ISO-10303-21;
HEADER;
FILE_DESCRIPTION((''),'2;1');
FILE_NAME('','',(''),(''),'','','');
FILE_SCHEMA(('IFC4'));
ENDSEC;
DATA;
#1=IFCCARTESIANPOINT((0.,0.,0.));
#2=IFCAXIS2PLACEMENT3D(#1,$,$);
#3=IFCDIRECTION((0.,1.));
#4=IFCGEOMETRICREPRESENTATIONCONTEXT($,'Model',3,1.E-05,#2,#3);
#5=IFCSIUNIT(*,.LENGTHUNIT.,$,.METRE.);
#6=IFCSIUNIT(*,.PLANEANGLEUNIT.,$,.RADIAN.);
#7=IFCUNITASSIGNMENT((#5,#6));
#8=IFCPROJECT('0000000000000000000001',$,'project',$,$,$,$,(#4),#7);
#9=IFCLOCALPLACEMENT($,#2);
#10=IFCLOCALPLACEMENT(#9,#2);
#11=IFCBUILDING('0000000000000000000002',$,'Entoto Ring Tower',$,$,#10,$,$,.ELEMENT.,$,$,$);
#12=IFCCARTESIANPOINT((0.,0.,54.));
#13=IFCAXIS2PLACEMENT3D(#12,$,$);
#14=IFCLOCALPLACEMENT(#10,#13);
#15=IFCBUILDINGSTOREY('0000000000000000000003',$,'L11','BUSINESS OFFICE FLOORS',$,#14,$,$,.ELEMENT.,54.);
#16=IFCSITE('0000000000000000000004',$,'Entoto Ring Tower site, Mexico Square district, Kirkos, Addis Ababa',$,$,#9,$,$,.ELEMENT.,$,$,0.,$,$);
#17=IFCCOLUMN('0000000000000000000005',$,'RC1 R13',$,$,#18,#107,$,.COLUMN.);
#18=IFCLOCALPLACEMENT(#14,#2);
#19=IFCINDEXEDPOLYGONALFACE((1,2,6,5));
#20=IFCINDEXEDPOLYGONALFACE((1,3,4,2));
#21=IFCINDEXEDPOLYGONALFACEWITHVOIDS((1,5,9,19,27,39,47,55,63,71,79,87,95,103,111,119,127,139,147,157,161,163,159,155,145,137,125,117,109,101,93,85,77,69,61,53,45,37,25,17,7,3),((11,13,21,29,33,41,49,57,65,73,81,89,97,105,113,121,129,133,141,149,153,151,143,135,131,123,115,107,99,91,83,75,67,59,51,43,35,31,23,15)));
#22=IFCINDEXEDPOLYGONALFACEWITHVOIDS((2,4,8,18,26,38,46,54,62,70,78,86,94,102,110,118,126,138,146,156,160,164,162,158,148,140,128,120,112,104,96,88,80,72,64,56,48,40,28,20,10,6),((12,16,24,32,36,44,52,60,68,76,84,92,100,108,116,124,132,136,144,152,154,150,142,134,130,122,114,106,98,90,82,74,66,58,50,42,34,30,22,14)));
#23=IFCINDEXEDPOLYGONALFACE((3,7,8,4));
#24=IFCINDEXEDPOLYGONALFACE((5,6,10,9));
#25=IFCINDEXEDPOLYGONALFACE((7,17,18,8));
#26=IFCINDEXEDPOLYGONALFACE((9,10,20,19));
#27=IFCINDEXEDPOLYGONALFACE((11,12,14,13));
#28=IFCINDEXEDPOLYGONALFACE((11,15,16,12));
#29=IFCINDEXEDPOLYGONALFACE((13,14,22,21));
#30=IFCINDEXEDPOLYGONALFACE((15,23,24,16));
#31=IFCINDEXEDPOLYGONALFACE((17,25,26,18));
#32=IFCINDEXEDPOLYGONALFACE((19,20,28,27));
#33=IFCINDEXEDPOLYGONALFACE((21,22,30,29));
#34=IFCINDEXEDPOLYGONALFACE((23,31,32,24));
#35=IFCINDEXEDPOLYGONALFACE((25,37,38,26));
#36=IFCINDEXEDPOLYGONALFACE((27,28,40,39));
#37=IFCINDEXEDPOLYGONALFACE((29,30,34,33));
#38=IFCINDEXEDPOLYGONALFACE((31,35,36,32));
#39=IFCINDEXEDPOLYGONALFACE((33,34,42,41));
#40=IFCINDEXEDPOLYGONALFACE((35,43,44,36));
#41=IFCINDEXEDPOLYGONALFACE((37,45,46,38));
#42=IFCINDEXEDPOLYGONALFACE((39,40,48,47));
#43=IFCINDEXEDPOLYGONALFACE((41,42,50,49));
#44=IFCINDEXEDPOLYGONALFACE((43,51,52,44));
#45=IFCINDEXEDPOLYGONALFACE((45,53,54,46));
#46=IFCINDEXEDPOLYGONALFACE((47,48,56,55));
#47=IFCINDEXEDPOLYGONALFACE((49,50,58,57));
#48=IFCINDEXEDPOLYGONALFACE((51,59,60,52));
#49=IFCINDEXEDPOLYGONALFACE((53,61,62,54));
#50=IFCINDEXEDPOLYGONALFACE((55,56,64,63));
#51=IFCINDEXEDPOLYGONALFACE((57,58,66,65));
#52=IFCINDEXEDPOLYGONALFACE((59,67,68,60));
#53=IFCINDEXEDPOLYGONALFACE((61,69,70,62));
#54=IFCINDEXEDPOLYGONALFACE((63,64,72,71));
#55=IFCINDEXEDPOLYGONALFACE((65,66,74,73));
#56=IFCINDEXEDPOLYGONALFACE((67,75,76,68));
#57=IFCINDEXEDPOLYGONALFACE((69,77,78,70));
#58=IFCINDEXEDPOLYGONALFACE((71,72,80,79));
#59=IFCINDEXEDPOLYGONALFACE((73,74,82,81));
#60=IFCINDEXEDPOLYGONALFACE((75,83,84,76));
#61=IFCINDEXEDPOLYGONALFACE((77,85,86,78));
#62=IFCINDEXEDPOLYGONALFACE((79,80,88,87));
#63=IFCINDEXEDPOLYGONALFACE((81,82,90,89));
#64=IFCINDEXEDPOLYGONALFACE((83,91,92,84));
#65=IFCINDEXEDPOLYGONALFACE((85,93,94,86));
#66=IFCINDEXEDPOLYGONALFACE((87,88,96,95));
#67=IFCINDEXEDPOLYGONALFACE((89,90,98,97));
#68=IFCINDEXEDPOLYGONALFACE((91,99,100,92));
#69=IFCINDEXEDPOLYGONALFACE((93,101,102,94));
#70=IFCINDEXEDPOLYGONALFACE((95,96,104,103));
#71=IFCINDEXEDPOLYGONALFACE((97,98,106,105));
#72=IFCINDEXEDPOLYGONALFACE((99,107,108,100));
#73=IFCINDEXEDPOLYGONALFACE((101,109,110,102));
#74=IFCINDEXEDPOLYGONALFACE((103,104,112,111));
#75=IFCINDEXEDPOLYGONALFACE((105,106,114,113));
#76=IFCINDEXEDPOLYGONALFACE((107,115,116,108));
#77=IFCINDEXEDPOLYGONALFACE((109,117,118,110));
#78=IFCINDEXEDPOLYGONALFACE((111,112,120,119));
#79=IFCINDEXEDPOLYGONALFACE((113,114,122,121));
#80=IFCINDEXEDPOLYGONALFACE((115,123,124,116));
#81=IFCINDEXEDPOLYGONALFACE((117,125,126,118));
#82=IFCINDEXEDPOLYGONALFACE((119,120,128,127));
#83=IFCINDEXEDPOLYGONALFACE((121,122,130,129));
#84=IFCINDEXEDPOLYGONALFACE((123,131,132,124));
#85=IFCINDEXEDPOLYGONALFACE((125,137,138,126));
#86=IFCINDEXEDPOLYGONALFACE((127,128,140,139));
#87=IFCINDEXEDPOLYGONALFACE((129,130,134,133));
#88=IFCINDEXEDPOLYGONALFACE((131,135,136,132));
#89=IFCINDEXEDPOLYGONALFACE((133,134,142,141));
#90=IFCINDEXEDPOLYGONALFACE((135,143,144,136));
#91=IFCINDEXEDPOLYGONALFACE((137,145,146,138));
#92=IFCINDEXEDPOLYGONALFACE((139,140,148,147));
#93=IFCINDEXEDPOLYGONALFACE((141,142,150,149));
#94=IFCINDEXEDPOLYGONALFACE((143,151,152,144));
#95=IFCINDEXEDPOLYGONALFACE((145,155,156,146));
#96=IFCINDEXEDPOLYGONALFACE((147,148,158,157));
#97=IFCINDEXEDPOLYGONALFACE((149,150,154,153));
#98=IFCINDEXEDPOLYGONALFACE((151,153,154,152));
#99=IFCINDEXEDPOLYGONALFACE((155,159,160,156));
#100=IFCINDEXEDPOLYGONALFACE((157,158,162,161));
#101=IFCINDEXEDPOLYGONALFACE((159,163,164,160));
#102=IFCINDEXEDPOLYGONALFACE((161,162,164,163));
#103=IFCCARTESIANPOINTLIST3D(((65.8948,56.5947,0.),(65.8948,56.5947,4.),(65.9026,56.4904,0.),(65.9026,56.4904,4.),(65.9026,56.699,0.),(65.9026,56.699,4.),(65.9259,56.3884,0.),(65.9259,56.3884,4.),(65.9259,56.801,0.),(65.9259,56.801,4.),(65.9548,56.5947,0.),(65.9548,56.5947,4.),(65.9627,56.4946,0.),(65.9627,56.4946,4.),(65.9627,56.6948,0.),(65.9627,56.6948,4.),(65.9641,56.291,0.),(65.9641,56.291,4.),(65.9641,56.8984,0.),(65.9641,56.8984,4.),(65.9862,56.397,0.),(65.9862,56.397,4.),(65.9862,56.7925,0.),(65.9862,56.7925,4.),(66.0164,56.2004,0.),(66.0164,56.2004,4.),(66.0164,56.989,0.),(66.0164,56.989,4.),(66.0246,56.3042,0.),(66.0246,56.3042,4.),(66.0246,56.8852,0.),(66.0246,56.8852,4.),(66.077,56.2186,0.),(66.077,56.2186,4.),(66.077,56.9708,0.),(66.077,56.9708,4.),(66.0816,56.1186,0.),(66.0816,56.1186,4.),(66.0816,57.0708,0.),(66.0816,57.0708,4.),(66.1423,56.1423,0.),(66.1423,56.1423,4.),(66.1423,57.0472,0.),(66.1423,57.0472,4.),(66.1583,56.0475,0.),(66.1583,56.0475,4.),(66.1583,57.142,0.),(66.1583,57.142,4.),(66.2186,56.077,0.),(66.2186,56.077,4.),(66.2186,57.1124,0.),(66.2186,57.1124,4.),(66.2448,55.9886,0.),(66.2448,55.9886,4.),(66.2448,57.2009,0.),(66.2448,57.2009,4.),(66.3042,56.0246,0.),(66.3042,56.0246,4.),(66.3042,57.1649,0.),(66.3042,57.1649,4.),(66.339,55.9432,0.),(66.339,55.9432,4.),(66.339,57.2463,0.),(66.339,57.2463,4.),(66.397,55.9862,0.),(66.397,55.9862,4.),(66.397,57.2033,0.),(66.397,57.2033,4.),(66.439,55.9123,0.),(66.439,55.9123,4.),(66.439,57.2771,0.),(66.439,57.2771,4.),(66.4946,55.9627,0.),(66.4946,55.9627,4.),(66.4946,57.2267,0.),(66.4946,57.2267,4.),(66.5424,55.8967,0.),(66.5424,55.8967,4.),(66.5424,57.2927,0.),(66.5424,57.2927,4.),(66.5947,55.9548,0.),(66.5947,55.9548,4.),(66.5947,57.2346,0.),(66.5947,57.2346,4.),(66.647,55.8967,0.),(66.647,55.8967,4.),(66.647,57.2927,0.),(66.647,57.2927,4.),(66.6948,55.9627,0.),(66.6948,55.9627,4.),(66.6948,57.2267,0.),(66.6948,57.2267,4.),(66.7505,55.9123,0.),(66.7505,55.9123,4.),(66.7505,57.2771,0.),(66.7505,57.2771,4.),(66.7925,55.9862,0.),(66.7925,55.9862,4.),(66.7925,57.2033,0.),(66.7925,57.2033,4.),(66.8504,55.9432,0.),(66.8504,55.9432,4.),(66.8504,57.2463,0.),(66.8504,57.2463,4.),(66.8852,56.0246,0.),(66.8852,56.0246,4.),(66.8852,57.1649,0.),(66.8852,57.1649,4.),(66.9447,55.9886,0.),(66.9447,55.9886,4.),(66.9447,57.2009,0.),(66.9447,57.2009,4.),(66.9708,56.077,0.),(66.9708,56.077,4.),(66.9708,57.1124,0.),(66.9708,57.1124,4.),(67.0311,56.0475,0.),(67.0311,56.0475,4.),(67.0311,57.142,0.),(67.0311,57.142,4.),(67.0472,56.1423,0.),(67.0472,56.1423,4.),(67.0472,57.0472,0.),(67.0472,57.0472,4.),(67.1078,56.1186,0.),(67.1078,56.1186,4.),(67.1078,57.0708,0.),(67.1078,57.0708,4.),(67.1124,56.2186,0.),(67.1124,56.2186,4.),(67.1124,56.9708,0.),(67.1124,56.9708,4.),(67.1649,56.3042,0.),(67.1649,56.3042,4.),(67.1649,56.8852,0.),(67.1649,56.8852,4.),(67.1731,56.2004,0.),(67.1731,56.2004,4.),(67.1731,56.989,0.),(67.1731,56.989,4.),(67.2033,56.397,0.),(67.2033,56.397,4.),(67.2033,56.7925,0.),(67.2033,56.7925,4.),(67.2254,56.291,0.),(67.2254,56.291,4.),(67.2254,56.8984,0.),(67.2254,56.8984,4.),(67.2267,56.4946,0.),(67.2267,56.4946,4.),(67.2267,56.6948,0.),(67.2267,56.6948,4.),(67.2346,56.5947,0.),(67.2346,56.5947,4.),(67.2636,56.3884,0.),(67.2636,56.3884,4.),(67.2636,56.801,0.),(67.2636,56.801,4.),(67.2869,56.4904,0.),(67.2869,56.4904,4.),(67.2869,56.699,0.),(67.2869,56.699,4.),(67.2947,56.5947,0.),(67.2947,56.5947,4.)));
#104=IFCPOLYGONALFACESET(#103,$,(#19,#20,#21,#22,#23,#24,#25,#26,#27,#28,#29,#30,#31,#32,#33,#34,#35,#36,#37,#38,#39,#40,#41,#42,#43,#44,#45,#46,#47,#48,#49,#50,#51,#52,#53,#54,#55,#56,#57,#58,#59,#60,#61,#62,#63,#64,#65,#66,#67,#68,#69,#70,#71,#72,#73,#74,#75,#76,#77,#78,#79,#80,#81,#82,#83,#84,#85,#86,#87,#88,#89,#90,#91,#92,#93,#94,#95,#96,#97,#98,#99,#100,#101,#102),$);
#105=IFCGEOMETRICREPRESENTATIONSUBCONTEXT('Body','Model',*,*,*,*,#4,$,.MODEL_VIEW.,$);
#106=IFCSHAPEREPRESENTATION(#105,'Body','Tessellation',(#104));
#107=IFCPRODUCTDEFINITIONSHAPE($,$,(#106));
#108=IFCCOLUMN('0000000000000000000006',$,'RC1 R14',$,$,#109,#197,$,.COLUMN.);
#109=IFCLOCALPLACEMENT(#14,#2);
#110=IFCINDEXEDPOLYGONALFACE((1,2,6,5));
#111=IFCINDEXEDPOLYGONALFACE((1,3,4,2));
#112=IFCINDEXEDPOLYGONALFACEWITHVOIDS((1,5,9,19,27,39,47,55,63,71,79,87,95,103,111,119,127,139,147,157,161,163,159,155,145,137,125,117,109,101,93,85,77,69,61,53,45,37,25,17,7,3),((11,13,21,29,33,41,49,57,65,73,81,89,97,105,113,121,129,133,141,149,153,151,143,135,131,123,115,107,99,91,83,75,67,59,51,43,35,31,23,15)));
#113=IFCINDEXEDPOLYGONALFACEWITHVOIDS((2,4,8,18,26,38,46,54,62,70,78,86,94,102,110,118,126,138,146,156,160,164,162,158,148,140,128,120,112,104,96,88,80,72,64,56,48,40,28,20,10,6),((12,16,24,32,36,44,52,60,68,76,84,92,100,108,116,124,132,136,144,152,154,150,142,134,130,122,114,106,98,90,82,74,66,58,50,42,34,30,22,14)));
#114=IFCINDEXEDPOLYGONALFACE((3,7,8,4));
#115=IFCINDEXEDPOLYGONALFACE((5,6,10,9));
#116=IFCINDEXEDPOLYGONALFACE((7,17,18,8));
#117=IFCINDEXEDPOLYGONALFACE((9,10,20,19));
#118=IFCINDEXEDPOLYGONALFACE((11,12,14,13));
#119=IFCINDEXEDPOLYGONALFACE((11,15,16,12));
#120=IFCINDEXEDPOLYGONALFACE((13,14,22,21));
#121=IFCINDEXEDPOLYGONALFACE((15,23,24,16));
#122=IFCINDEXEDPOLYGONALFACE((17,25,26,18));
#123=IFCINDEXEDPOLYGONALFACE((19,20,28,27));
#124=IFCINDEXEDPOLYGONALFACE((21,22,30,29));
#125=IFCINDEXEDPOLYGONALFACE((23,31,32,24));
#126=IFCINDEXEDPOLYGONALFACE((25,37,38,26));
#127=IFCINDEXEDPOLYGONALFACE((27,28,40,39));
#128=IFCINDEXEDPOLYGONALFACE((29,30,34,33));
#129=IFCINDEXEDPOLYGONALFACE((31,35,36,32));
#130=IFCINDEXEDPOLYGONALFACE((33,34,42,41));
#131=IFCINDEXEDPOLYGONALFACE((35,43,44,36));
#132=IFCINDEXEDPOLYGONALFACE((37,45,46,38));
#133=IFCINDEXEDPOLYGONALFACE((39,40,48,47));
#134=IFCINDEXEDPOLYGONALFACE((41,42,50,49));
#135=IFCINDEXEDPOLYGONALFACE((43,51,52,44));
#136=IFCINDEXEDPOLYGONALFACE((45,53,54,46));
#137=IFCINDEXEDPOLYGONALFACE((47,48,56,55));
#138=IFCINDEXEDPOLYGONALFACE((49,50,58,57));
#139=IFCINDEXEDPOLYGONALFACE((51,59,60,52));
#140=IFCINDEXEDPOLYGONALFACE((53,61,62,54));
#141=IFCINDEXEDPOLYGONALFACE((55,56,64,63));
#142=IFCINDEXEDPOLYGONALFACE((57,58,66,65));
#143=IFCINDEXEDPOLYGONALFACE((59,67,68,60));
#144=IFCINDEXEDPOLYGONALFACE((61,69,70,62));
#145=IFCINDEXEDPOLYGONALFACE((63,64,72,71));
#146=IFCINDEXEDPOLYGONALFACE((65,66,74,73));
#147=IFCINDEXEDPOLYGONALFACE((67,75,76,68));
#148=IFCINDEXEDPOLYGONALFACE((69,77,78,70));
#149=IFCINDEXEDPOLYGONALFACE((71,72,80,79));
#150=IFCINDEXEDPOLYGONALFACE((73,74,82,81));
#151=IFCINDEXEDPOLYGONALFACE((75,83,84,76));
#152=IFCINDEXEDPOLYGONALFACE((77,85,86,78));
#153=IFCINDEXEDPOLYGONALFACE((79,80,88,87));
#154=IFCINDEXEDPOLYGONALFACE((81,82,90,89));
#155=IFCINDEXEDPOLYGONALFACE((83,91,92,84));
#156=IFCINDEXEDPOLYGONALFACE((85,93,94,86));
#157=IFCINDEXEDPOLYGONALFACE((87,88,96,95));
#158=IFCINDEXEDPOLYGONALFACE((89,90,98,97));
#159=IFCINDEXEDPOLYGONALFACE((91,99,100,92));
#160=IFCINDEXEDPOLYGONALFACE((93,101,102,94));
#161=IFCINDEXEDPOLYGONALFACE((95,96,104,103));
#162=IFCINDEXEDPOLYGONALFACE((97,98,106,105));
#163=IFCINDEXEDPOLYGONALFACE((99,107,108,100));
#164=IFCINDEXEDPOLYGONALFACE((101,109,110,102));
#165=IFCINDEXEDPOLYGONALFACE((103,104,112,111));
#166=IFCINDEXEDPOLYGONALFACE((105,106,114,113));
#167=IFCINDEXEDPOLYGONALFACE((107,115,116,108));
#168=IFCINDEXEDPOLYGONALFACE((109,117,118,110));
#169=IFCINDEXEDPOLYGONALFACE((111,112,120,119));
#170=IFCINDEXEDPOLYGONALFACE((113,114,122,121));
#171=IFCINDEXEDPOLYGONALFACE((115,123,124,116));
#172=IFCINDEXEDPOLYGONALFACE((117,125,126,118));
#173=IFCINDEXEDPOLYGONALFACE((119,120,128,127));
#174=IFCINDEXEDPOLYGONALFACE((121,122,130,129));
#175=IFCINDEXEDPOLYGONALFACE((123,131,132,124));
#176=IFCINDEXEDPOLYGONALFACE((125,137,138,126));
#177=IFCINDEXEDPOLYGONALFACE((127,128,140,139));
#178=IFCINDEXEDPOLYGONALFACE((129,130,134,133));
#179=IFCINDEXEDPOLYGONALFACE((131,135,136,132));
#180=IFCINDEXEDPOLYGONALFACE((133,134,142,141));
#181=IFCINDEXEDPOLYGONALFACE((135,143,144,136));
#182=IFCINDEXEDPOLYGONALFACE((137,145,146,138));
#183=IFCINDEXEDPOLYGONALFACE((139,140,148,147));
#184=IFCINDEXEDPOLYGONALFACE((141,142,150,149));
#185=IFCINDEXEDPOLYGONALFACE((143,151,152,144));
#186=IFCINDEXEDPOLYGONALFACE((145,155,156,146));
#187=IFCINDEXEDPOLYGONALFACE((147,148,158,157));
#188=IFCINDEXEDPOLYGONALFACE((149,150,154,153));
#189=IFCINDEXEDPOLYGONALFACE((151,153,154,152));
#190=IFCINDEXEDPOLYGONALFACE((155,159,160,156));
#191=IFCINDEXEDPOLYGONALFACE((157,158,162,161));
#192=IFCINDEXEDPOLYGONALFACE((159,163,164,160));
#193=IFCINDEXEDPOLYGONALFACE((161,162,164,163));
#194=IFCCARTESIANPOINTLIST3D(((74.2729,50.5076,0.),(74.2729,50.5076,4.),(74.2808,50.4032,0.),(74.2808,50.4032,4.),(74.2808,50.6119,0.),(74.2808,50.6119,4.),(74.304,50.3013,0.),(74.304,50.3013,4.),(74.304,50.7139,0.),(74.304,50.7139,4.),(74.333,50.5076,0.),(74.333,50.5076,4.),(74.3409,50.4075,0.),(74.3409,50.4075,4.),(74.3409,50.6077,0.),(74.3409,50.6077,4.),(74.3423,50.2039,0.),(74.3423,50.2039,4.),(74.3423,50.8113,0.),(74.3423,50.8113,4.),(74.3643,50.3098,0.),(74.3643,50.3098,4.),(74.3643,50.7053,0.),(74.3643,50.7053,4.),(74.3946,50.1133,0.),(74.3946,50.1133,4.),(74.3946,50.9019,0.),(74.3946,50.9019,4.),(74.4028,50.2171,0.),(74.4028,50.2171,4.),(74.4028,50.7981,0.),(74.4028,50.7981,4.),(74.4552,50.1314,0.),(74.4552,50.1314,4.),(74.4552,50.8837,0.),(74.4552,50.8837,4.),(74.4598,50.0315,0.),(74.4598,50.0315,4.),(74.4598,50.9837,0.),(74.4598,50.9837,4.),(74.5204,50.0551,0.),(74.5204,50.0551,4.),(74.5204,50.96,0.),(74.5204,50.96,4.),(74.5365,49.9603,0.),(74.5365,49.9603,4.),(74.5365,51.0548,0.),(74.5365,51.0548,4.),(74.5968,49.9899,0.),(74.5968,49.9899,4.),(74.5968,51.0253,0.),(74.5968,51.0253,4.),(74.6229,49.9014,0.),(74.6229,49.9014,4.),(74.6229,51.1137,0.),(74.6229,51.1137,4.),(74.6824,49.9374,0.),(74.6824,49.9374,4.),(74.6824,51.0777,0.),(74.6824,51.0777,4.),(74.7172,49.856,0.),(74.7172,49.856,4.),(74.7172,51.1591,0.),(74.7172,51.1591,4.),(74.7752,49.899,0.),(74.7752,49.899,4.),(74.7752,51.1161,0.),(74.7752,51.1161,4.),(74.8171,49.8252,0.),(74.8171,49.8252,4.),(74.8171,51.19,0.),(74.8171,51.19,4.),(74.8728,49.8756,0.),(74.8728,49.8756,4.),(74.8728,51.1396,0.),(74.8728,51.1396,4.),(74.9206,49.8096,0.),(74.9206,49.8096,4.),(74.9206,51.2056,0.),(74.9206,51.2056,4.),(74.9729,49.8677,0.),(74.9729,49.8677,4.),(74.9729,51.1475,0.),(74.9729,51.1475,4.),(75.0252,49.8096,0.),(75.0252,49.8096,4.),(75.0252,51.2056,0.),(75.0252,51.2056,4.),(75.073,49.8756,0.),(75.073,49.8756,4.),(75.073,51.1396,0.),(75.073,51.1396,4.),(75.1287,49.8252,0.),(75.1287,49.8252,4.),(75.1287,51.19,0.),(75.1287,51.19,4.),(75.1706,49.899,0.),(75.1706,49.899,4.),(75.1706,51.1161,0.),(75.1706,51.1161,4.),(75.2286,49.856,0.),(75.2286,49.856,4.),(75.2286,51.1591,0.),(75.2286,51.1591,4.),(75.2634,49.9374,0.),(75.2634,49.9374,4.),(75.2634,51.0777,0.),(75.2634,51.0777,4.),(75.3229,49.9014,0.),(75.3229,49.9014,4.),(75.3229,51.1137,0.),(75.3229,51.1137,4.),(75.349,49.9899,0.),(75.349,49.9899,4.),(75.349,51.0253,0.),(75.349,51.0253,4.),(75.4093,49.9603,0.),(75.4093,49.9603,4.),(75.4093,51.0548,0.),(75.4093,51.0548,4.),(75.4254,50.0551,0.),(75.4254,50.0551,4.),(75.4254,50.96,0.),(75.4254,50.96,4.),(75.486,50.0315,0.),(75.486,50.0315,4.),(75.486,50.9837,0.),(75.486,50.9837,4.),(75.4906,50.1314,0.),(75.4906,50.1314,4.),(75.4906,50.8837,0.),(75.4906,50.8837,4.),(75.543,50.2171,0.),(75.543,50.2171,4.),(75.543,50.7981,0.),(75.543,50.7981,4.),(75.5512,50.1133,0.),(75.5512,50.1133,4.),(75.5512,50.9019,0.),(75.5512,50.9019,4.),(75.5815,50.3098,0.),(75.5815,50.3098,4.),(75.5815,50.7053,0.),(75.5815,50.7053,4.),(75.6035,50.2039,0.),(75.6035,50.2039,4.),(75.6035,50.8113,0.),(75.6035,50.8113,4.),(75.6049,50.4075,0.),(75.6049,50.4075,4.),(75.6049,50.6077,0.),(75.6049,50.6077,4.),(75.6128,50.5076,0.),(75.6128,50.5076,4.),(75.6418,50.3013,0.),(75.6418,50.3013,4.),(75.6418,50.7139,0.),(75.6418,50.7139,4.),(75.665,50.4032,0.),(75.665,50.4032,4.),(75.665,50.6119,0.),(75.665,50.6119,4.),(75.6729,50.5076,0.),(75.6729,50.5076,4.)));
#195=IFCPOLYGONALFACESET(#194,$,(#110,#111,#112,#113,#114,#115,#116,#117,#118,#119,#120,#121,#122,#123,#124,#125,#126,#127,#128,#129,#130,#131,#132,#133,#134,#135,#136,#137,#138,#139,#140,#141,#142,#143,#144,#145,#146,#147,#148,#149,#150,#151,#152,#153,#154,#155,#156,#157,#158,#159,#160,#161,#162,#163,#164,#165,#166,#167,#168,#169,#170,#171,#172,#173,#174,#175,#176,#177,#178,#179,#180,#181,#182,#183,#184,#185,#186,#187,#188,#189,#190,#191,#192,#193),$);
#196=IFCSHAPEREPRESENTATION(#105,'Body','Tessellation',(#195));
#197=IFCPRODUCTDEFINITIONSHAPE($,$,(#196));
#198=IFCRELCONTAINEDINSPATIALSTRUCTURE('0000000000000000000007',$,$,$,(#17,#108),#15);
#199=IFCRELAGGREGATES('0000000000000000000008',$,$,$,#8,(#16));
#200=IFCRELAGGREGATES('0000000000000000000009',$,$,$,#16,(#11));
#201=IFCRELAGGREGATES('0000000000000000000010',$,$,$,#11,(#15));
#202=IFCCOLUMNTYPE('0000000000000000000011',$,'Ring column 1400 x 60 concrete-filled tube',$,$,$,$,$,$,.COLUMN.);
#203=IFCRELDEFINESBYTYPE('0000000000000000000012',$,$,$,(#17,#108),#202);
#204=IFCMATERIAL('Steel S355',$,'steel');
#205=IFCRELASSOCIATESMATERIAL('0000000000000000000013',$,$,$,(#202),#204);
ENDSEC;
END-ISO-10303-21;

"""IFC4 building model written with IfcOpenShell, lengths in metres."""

from ifc_helpers import new_model, si_unit, direction, frame, origin, origin_2d, place, context, subcontext, project, spatial, circle, hollow_circle, extrude, material, material_profile, profile_set, type_object, element, save


model = new_model("IFC4")

# Units and contexts
model_context = context("Model", 3, precision=1e-05, world=origin(), true_north=direction((0.0, 1.0)))
body_context = subcontext(model_context, "Body", "Model", "MODEL_VIEW")
ifc_project = project(units=[si_unit("LENGTHUNIT", "METRE"), si_unit("PLANEANGLEUNIT", "RADIAN")], contexts=[model_context])

# Site, building, storey
site_placement = place(None, origin())
site = spatial("IfcSite", under=ifc_project, at=site_placement, Name="Entoto Ring Tower site, Mexico Square district, Kirkos, Addis Ababa", CompositionType="ELEMENT", RefElevation=0.0)
building_placement = place(site_placement, origin())
building = spatial("IfcBuilding", under=site, at=building_placement, Name="Entoto Ring Tower", CompositionType="ELEMENT")
storey_placement = place(building_placement, frame((0.0, 0.0, 54.0)))
storey = spatial("IfcBuildingStorey", under=building, at=storey_placement, Name="L11", Description="BUSINESS OFFICE FLOORS", CompositionType="ELEMENT", Elevation=54.0)

# Columns
ifc_material_1 = material(Name="Steel S355", Category="steel")
ifc_material_profile_1 = material_profile(ifc_material_1, hollow_circle(Radius=0.7, WallThickness=0.0601, at=origin_2d()), Name="CHS 1400 x 60")
ifc_material_2 = material(Name="Concrete C60/75", Category="concrete")
ifc_material_profile_2 = material_profile(ifc_material_2, circle(Radius=0.6399, at=origin_2d()), Name="Concrete C60/75 infill")
ifc_profile_set_1 = profile_set([ifc_material_profile_1, ifc_material_profile_2], Name="Steel S355")
column_type = type_object("IfcColumnType", Name="Ring column 1400 x 60 concrete-filled tube", PredefinedType="COLUMN", material=ifc_profile_set_1)
for number, where, z_axis, x_axis, name in (
    (1, (66.5947, 56.5947, 0.0), (0.0, 0.0, 1.0), (1.0, 0.0, 0.0), "RC1 R13"),
    (2, (74.9729, 50.5076, 0.0), (0.0, 0.0, 1.0), (1.0, 0.0, 0.0), "RC1 R14"),
):
    element("IfcColumn", number, at=place(storey_placement, frame(where, z_axis=z_axis, x_axis=x_axis)), inside=storey, type_object=column_type, Name=name, PredefinedType="COLUMN", context=body_context, shape_type="SweptSolid", body=[
        extrude(hollow_circle(Radius=0.7, WallThickness=0.0601, at=origin_2d()), origin(), (0.0, 0.0, 1.0), 4.0),
    ])

save(model, "model.ifc")
